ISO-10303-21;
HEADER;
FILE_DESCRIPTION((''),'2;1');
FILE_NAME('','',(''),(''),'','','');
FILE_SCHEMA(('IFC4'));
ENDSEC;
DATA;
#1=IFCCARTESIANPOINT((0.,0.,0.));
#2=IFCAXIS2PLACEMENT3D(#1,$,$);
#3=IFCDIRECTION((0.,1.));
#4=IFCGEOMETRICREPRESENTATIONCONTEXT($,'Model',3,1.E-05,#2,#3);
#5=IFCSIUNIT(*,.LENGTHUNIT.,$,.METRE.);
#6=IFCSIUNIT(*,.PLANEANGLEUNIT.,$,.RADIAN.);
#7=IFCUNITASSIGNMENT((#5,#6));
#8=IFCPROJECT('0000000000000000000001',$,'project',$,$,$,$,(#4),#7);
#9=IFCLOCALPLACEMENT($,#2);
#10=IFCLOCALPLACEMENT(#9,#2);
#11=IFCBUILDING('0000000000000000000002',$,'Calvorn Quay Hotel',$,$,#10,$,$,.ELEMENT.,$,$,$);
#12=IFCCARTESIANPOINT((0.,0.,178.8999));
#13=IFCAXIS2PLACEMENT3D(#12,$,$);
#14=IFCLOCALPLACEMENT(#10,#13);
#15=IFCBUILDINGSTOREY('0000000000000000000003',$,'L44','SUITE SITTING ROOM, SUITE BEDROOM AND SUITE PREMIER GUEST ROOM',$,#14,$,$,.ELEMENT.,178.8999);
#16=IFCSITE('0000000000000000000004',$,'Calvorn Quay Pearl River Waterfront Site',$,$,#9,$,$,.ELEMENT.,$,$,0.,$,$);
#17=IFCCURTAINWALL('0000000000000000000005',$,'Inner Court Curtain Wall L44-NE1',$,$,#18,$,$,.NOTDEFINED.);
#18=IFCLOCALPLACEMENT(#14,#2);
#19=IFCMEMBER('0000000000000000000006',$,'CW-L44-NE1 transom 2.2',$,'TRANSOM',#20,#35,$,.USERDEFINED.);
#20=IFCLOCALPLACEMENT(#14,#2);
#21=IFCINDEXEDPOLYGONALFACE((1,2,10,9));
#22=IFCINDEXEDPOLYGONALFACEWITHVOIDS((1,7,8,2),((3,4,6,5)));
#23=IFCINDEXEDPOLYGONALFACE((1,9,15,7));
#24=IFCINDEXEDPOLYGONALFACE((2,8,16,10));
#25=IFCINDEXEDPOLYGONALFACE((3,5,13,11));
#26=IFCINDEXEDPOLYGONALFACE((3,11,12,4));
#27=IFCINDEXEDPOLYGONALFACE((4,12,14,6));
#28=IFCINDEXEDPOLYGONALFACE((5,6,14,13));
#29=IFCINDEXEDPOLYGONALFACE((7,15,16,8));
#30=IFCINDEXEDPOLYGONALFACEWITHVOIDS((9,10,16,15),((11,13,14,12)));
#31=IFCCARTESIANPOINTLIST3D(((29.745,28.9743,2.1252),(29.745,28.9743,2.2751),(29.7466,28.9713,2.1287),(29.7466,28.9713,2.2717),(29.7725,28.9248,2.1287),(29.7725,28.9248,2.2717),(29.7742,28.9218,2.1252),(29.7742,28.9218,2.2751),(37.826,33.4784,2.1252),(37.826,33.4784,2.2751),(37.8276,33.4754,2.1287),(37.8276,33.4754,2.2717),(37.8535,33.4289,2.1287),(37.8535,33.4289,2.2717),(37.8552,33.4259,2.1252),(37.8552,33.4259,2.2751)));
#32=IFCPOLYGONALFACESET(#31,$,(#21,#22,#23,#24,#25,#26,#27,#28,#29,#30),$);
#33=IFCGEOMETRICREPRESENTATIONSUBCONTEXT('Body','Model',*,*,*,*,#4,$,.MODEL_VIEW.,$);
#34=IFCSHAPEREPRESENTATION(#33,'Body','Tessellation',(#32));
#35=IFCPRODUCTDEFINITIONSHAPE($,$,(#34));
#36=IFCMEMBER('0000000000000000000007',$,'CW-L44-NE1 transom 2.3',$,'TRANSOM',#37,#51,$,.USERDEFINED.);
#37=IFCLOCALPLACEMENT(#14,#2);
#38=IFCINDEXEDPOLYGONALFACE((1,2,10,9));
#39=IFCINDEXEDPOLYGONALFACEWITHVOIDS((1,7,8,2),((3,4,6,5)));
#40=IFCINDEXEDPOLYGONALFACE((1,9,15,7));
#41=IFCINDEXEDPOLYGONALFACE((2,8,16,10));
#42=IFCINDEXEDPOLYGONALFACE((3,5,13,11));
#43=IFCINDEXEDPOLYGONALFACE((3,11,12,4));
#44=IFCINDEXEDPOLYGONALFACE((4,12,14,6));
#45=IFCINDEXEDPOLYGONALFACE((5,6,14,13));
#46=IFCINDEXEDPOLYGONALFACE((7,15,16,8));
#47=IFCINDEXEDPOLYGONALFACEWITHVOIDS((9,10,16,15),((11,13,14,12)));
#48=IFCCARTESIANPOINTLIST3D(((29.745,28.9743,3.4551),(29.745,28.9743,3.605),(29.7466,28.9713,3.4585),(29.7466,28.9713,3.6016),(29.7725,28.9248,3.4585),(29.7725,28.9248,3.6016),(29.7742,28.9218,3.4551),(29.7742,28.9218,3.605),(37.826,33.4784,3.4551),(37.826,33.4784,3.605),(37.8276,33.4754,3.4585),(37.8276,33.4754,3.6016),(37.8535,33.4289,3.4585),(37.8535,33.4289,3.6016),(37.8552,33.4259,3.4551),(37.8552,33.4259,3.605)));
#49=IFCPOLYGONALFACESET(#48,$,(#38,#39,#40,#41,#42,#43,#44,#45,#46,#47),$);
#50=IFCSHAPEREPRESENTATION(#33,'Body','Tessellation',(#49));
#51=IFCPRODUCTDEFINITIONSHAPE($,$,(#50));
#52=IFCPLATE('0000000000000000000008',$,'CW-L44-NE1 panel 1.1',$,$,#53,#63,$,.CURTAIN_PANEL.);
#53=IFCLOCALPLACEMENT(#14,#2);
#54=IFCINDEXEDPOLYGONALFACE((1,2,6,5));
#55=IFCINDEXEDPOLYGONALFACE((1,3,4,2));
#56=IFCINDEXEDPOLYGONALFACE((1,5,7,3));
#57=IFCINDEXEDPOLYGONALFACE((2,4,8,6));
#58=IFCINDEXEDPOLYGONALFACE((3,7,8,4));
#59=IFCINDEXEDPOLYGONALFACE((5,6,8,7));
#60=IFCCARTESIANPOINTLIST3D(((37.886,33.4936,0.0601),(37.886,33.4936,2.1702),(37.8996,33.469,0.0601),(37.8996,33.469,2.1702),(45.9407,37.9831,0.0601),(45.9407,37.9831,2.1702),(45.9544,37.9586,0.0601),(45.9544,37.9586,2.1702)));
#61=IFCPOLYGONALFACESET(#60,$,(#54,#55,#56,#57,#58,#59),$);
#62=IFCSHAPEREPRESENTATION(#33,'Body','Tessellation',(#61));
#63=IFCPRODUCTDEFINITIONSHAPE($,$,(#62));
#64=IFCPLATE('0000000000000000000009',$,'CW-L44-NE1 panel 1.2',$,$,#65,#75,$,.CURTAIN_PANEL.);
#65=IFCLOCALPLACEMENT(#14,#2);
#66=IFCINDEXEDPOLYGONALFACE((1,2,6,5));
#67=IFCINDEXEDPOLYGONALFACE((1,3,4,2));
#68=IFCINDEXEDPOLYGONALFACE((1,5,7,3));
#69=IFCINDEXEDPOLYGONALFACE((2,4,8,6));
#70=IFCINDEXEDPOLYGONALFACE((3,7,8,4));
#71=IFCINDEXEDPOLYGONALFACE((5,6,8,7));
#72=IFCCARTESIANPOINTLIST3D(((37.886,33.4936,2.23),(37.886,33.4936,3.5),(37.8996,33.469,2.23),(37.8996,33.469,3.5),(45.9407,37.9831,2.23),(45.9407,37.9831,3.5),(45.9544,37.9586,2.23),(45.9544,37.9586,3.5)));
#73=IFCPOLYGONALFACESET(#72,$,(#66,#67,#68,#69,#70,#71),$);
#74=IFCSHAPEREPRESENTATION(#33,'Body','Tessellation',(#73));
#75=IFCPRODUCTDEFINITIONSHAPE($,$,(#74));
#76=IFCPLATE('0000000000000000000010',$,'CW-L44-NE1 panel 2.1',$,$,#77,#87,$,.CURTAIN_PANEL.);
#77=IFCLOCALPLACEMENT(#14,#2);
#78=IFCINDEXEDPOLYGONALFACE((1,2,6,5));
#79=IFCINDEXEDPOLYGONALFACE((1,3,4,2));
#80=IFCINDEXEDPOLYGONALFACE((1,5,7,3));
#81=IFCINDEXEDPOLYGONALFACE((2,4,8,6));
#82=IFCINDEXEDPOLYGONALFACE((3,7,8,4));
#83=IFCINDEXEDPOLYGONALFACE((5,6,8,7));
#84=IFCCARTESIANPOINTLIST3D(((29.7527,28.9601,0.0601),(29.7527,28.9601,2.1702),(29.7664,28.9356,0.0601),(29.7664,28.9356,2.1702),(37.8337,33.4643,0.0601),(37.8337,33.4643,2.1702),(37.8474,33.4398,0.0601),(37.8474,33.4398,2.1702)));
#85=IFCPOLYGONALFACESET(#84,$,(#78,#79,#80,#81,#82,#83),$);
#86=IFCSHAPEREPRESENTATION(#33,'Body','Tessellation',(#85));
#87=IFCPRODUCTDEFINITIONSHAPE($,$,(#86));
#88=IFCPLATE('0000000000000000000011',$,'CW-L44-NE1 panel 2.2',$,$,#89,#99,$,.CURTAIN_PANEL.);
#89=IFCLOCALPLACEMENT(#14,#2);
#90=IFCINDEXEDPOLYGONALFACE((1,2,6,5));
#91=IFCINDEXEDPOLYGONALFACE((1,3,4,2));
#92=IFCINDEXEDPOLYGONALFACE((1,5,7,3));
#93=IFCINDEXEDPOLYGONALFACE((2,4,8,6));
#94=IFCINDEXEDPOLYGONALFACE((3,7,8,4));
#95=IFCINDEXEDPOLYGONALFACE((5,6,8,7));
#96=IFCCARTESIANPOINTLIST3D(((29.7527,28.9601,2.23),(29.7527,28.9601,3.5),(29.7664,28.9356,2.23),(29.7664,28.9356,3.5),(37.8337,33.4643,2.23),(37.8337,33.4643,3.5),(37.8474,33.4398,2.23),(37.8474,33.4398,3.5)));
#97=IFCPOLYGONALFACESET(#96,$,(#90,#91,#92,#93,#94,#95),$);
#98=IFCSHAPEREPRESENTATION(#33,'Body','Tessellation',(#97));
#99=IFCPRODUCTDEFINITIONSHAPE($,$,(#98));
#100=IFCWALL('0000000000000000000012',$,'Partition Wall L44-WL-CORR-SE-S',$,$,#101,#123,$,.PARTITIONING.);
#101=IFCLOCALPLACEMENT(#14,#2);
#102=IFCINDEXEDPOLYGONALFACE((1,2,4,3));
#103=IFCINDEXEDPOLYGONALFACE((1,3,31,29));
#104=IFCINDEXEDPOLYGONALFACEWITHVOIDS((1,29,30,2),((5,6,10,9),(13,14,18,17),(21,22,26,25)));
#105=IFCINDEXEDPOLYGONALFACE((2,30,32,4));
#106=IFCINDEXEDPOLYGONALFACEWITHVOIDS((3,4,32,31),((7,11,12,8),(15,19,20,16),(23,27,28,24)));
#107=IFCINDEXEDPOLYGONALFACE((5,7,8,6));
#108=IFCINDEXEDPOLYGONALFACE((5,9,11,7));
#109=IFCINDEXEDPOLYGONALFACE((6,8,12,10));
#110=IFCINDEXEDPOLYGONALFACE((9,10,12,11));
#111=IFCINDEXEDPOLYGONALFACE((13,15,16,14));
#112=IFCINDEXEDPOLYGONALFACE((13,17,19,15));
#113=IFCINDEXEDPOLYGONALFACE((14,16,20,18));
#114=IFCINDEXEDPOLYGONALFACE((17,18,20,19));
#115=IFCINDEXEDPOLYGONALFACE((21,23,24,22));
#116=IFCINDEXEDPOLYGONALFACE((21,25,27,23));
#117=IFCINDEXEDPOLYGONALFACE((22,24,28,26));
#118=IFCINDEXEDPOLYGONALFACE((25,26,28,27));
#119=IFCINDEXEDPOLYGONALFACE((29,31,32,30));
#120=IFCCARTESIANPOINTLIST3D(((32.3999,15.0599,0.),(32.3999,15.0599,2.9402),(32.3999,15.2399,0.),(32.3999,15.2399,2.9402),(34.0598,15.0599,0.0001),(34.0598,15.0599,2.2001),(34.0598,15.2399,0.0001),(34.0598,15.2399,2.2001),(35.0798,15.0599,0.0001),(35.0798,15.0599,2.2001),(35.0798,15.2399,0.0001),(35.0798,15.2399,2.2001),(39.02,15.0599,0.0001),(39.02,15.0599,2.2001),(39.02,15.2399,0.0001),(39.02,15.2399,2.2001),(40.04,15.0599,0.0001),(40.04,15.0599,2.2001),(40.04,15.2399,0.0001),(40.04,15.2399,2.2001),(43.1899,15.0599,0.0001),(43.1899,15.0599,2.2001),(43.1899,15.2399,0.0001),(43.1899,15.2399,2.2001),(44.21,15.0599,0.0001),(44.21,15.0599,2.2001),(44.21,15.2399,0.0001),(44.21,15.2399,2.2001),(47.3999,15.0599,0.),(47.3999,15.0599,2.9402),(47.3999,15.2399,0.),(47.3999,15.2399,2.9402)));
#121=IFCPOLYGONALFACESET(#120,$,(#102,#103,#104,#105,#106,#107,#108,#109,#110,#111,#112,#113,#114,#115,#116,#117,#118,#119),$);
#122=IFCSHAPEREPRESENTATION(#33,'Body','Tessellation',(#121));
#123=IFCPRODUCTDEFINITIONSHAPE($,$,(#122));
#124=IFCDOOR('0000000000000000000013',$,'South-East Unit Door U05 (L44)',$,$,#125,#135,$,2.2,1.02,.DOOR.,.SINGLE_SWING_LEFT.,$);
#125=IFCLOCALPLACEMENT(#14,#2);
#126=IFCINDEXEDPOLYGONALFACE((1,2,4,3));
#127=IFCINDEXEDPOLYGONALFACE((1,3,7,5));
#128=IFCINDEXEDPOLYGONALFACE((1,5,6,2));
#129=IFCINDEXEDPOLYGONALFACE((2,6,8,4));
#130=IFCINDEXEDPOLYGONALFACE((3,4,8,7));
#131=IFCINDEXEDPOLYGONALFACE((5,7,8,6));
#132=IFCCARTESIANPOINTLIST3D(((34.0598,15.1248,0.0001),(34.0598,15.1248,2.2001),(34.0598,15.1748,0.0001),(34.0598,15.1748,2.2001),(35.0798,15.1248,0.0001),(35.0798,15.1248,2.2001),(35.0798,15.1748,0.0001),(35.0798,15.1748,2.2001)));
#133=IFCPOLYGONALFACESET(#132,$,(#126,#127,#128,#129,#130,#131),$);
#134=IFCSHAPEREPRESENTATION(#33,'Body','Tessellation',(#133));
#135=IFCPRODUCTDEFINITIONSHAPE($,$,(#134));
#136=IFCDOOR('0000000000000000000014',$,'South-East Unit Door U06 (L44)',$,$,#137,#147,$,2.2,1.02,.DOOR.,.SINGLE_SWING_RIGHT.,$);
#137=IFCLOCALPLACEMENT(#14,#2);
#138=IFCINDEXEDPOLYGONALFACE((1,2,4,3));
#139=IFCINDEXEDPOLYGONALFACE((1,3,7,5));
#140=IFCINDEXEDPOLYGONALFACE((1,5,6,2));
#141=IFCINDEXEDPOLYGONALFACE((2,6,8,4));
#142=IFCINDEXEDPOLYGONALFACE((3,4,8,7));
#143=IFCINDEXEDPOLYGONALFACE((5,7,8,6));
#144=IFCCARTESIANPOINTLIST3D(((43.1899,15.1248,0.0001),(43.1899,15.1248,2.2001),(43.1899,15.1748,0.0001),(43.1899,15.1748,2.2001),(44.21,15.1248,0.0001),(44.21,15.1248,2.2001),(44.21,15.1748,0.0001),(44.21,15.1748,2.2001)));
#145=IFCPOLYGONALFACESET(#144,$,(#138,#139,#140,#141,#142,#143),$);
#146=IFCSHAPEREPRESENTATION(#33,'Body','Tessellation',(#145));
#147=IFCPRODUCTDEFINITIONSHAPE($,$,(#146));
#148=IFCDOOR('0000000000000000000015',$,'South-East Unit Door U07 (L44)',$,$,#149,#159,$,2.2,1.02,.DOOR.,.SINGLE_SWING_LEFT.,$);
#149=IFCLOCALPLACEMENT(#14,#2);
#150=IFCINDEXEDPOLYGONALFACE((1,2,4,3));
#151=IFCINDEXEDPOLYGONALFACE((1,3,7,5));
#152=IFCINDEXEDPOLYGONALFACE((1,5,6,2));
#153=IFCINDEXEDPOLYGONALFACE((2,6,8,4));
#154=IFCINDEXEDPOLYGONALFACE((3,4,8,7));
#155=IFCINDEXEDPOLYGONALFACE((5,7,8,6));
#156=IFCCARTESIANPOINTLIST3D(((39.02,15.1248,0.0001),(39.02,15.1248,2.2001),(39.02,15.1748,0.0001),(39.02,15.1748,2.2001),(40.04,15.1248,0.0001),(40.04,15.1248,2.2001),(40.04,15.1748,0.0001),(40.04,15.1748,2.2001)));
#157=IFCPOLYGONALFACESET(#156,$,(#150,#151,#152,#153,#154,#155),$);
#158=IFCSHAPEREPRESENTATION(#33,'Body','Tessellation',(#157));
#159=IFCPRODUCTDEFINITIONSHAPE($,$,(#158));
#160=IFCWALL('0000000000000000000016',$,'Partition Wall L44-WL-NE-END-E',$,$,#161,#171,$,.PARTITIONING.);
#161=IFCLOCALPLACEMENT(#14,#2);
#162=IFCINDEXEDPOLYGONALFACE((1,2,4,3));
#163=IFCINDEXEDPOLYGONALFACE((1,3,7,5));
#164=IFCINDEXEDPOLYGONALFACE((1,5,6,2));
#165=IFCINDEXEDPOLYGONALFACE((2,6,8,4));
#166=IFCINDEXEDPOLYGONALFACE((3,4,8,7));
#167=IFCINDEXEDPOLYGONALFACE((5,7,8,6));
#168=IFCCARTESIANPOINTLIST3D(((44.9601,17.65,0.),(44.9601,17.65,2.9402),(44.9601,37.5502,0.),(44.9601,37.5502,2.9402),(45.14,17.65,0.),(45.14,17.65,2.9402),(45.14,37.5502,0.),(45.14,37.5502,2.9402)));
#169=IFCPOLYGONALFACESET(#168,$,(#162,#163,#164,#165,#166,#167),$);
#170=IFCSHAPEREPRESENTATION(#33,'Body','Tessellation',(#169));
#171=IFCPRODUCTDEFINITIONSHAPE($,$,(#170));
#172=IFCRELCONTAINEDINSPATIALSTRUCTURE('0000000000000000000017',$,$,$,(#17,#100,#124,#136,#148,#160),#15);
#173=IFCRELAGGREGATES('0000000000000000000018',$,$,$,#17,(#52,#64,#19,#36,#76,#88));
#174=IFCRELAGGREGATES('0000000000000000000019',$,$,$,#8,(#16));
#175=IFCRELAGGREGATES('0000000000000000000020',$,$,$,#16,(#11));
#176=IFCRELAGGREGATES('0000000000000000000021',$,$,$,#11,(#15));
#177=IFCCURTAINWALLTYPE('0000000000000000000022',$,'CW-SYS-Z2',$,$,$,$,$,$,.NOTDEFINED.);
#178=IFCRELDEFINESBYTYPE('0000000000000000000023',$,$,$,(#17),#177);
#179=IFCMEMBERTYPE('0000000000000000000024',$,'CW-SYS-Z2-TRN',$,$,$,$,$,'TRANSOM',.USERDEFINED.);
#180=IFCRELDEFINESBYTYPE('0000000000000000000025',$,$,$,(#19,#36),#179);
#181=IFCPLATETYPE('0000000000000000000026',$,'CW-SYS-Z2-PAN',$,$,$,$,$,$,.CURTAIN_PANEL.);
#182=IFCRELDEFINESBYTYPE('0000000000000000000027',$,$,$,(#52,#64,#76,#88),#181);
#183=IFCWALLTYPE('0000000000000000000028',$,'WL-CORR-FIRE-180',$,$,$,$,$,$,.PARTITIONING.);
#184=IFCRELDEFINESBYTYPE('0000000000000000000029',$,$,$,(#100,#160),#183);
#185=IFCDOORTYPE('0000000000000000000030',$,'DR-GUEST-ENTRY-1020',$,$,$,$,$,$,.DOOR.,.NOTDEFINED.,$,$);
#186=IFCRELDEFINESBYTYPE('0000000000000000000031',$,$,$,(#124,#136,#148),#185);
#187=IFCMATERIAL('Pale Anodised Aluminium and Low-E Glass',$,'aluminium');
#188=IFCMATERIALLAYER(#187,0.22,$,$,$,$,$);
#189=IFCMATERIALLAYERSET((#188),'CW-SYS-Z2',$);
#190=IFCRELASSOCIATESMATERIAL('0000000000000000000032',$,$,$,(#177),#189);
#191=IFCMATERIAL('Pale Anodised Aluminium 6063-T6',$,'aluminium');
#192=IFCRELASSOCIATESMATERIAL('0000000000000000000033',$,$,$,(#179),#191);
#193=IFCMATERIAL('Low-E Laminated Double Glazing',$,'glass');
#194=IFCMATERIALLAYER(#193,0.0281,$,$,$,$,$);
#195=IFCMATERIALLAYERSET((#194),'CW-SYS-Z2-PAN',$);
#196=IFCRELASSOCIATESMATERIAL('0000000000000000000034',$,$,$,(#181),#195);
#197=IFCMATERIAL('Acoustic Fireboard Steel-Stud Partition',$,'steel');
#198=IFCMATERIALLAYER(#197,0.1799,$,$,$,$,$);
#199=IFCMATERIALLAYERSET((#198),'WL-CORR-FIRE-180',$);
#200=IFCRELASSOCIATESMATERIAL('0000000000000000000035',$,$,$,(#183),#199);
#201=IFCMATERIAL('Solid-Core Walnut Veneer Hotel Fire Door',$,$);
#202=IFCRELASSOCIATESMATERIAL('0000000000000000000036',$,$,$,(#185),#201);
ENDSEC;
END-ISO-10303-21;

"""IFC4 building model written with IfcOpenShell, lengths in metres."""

from ifc_helpers import new_model, si_unit, direction, frame, frame_2d, origin, origin_2d, place, context, subcontext, project, spatial, rectangle, hollow_rectangle, extrude, material, layer, layer_set, material_profile, profile_set, type_object, element, fill, aggregate, save


model = new_model("IFC4")

# Units and contexts
model_context = context("Model", 3, precision=1e-05, world=origin(), true_north=direction((0.0, 1.0)))
body_context = subcontext(model_context, "Body", "Model", "MODEL_VIEW")
ifc_project = project(units=[si_unit("LENGTHUNIT", "METRE"), si_unit("PLANEANGLEUNIT", "RADIAN")], contexts=[model_context])

# Site, building, storey
site_placement = place(None, origin())
site = spatial("IfcSite", under=ifc_project, at=site_placement, Name="Calvorn Quay Pearl River Waterfront Site", CompositionType="ELEMENT", RefElevation=0.0)
building_placement = place(site_placement, origin())
building = spatial("IfcBuilding", under=site, at=building_placement, Name="Calvorn Quay Hotel", CompositionType="ELEMENT")
storey_placement = place(building_placement, frame((0.0, 0.0, 178.8999)))
storey = spatial("IfcBuildingStorey", under=building, at=storey_placement, Name="L44", Description="SUITE SITTING ROOM, SUITE BEDROOM AND SUITE PREMIER GUEST ROOM", CompositionType="ELEMENT", Elevation=178.8999)

# Curtain wall, members, plates
ifc_material_1 = material(Name="Pale Anodised Aluminium and Low-E Glass", Category="aluminium")
ifc_layer_1 = layer(ifc_material_1, 0.22)
ifc_layer_set_1 = layer_set([ifc_layer_1], Name="CW-SYS-Z2")
curtain_wall_type = type_object("IfcCurtainWallType", Name="CW-SYS-Z2", PredefinedType="NOTDEFINED", material=ifc_layer_set_1)
curtain_wall_placement = place(storey_placement, origin())
curtain_wall = element("IfcCurtainWall", 1, at=curtain_wall_placement, inside=storey, type_object=curtain_wall_type, Name="Inner Court Curtain Wall L44-NE1", PredefinedType="NOTDEFINED")
ifc_material_2 = material(Name="Pale Anodised Aluminium 6063-T6", Category="aluminium")
ifc_material_profile_1 = material_profile(ifc_material_2, hollow_rectangle(XDim=0.0601, YDim=0.1499, WallThickness=0.0034, at=origin_2d()), Name="ALU-T150x60x3.5")
ifc_profile_set_1 = profile_set([ifc_material_profile_1], Name="Pale Anodised Aluminium 6063-T6")
member_type_1 = type_object("IfcMemberType", Name="CW-SYS-Z2-TRN", ElementType="TRANSOM", PredefinedType="USERDEFINED", material=ifc_profile_set_1)
member_1_placement = place(storey_placement, frame((37.8406, 33.4521, 2.2002), z_axis=(-0.873483, -0.486855, 0.0), x_axis=(0.486855, -0.873483, 0.0)))
member_1 = element("IfcMember", 2, at=member_1_placement, type_object=member_type_1, Name="CW-L44-NE1 transom 2.2", ObjectType="TRANSOM", PredefinedType="USERDEFINED", context=body_context, shape_type="SweptSolid", body=[
    extrude(hollow_rectangle(XDim=0.0601, YDim=0.1499, WallThickness=0.0034, at=origin_2d()), origin(), (0.0, 0.0, 1.0), 9.2515),
])
member_2_placement = place(storey_placement, frame((37.8406, 33.4521, 3.53), z_axis=(-0.873483, -0.486855, 0.0), x_axis=(0.486855, -0.873483, 0.0)))
member_2 = element("IfcMember", 3, at=member_2_placement, type_object=member_type_1, Name="CW-L44-NE1 transom 2.3", ObjectType="TRANSOM", PredefinedType="USERDEFINED", context=body_context, shape_type="SweptSolid", body=[
    extrude(hollow_rectangle(XDim=0.0601, YDim=0.1499, WallThickness=0.0034, at=origin_2d()), origin(), (0.0, 0.0, 1.0), 9.2515),
])
ifc_material_3 = material(Name="Low-E Laminated Double Glazing", Category="glass")
ifc_layer_2 = layer(ifc_material_3, 0.0281)
ifc_layer_set_2 = layer_set([ifc_layer_2], Name="CW-SYS-Z2-PAN")
plate_type = type_object("IfcPlateType", Name="CW-SYS-Z2-PAN", PredefinedType="CURTAIN_PANEL", material=ifc_layer_set_2)
plate_1_placement = place(storey_placement, frame((41.9202, 35.7261, 0.0601), z_axis=(0.0, 0.0, 1.0), x_axis=(-0.873481, -0.486858, 0.0)))
plate_1 = element("IfcPlate", 4, at=plate_1_placement, type_object=plate_type, Name="CW-L44-NE1 panel 1.1", PredefinedType="CURTAIN_PANEL", context=body_context, shape_type="SweptSolid", body=[
    extrude(rectangle(XDim=9.2214, YDim=0.0281, at=origin_2d()), origin(), (0.0, 0.0, 1.0), 2.1101),
])
plate_2_placement = place(storey_placement, frame((41.9202, 35.7261, 2.23), z_axis=(0.0, 0.0, 1.0), x_axis=(-0.873481, -0.486858, 0.0)))
plate_2 = element("IfcPlate", 5, at=plate_2_placement, type_object=plate_type, Name="CW-L44-NE1 panel 1.2", PredefinedType="CURTAIN_PANEL", context=body_context, shape_type="SweptSolid", body=[
    extrude(rectangle(XDim=9.2214, YDim=0.0281, at=origin_2d()), origin(), (0.0, 0.0, 1.0), 1.27),
])
plate_3_placement = place(storey_placement, frame((33.8, 31.2, 0.0601), z_axis=(0.0, 0.0, 1.0), x_axis=(-0.873481, -0.486858, 0.0)))
plate_3 = element("IfcPlate", 6, at=plate_3_placement, type_object=plate_type, Name="CW-L44-NE1 panel 2.1", PredefinedType="CURTAIN_PANEL", context=body_context, shape_type="SweptSolid", body=[
    extrude(rectangle(XDim=9.2515, YDim=0.0281, at=origin_2d()), origin(), (0.0, 0.0, 1.0), 2.1101),
])
plate_4_placement = place(storey_placement, frame((33.8, 31.2, 2.23), z_axis=(0.0, 0.0, 1.0), x_axis=(-0.873481, -0.486858, 0.0)))
plate_4 = element("IfcPlate", 7, at=plate_4_placement, type_object=plate_type, Name="CW-L44-NE1 panel 2.2", PredefinedType="CURTAIN_PANEL", context=body_context, shape_type="SweptSolid", body=[
    extrude(rectangle(XDim=9.2515, YDim=0.0281, at=origin_2d()), origin(), (0.0, 0.0, 1.0), 1.27),
])
aggregate(curtain_wall, [plate_1, plate_2, member_1, member_2, plate_3, plate_4])

# Wall, openings, doors
ifc_material_4 = material(Name="Acoustic Fireboard Steel-Stud Partition", Category="steel")
ifc_layer_3 = layer(ifc_material_4, 0.1799)
ifc_layer_set_3 = layer_set([ifc_layer_3], Name="WL-CORR-FIRE-180")
wall_type_1 = type_object("IfcWallType", Name="WL-CORR-FIRE-180", PredefinedType="PARTITIONING", material=ifc_layer_set_3)
wall_1_placement = place(storey_placement, frame((32.3999, 15.1499, 0.0), z_axis=(0.0, 0.0, 1.0), x_axis=(1.0, 0.0, 0.0)))
wall_1 = element("IfcWall", 8, at=wall_1_placement, inside=storey, type_object=wall_type_1, Name="Partition Wall L44-WL-CORR-SE-S", PredefinedType="PARTITIONING", context=body_context, shape_type="SweptSolid", body=[
    extrude(rectangle(XDim=15.0, YDim=0.1799, at=frame_2d((7.5, 0.0))), origin(), (0.0, 0.0, 1.0), 2.9402),
])
opening_1_placement = place(wall_1_placement, frame((1.6599, 0.0, 0.0)))
opening_1 = element("IfcOpeningElement", 9, at=opening_1_placement, cuts=wall_1, PredefinedType="OPENING", context=body_context, shape_type="SweptSolid", body=[
    extrude(rectangle(XDim=1.02, YDim=2.2, at=frame_2d((0.51, 1.1001))), frame((0.0, 0.0999, 0.0), z_axis=(0.0, -1.0, 0.0), x_axis=(1.0, 0.0, 0.0)), (0.0, 0.0, 1.0), 0.2),
])
opening_2_placement = place(wall_1_placement, frame((10.79, 0.0, 0.0)))
opening_2 = element("IfcOpeningElement", 10, at=opening_2_placement, cuts=wall_1, PredefinedType="OPENING", context=body_context, shape_type="SweptSolid", body=[
    extrude(rectangle(XDim=1.02, YDim=2.2, at=frame_2d((0.51, 1.1001))), frame((0.0, 0.0999, 0.0), z_axis=(0.0, -1.0, 0.0), x_axis=(1.0, 0.0, 0.0)), (0.0, 0.0, 1.0), 0.2),
])
opening_3_placement = place(wall_1_placement, frame((6.6201, 0.0, 0.0)))
opening_3 = element("IfcOpeningElement", 11, at=opening_3_placement, cuts=wall_1, PredefinedType="OPENING", context=body_context, shape_type="SweptSolid", body=[
    extrude(rectangle(XDim=1.02, YDim=2.2, at=frame_2d((0.51, 1.1001))), frame((0.0, 0.0999, 0.0), z_axis=(0.0, -1.0, 0.0), x_axis=(1.0, 0.0, 0.0)), (0.0, 0.0, 1.0), 0.2),
])
ifc_material_5 = material(Name="Solid-Core Walnut Veneer Hotel Fire Door")
door_type = type_object("IfcDoorType", Name="DR-GUEST-ENTRY-1020", OperationType="NOTDEFINED", PredefinedType="DOOR", material=ifc_material_5)
door_1_placement = place(opening_1_placement, origin())
door_1 = element("IfcDoor", 12, at=door_1_placement, inside=storey, type_object=door_type, Name="South-East Unit Door U05 (L44)", OperationType="SINGLE_SWING_LEFT", OverallHeight=2.2, OverallWidth=1.02, PredefinedType="DOOR", context=body_context, shape_type="SweptSolid", body=[
    extrude(rectangle(XDim=1.02, YDim=2.2, at=frame_2d((0.51, 1.1001))), frame((0.0, 0.0249, 0.0), z_axis=(0.0, -1.0, 0.0), x_axis=(1.0, 0.0, 0.0)), (0.0, 0.0, 1.0), 0.05),
])
fill(opening_1, door_1)
door_2_placement = place(opening_2_placement, origin())
door_2 = element("IfcDoor", 13, at=door_2_placement, inside=storey, type_object=door_type, Name="South-East Unit Door U06 (L44)", OperationType="SINGLE_SWING_RIGHT", OverallHeight=2.2, OverallWidth=1.02, PredefinedType="DOOR", context=body_context, shape_type="SweptSolid", body=[
    extrude(rectangle(XDim=1.02, YDim=2.2, at=frame_2d((0.51, 1.1001))), frame((0.0, 0.0249, 0.0), z_axis=(0.0, -1.0, 0.0), x_axis=(1.0, 0.0, 0.0)), (0.0, 0.0, 1.0), 0.05),
])
fill(opening_2, door_2)
door_3_placement = place(opening_3_placement, origin())
door_3 = element("IfcDoor", 14, at=door_3_placement, inside=storey, type_object=door_type, Name="South-East Unit Door U07 (L44)", OperationType="SINGLE_SWING_LEFT", OverallHeight=2.2, OverallWidth=1.02, PredefinedType="DOOR", context=body_context, shape_type="SweptSolid", body=[
    extrude(rectangle(XDim=1.02, YDim=2.2, at=frame_2d((0.51, 1.1001))), frame((0.0, 0.0249, 0.0), z_axis=(0.0, -1.0, 0.0), x_axis=(1.0, 0.0, 0.0)), (0.0, 0.0, 1.0), 0.05),
])
fill(opening_3, door_3)

# Wall
wall_2_placement = place(storey_placement, frame((45.05, 17.6499, 0.0), z_axis=(0.0, 0.0, 1.0), x_axis=(0.0, 1.0, 0.0)))
element("IfcWall", 15, at=wall_2_placement, inside=storey, type_object=wall_type_1, Name="Partition Wall L44-WL-NE-END-E", PredefinedType="PARTITIONING", context=body_context, shape_type="SweptSolid", body=[
    extrude(rectangle(XDim=19.9001, YDim=0.1799, at=frame_2d((9.9502, 0.0))), origin(), (0.0, 0.0, 1.0), 2.9402),
])

save(model, "model.ifc")
